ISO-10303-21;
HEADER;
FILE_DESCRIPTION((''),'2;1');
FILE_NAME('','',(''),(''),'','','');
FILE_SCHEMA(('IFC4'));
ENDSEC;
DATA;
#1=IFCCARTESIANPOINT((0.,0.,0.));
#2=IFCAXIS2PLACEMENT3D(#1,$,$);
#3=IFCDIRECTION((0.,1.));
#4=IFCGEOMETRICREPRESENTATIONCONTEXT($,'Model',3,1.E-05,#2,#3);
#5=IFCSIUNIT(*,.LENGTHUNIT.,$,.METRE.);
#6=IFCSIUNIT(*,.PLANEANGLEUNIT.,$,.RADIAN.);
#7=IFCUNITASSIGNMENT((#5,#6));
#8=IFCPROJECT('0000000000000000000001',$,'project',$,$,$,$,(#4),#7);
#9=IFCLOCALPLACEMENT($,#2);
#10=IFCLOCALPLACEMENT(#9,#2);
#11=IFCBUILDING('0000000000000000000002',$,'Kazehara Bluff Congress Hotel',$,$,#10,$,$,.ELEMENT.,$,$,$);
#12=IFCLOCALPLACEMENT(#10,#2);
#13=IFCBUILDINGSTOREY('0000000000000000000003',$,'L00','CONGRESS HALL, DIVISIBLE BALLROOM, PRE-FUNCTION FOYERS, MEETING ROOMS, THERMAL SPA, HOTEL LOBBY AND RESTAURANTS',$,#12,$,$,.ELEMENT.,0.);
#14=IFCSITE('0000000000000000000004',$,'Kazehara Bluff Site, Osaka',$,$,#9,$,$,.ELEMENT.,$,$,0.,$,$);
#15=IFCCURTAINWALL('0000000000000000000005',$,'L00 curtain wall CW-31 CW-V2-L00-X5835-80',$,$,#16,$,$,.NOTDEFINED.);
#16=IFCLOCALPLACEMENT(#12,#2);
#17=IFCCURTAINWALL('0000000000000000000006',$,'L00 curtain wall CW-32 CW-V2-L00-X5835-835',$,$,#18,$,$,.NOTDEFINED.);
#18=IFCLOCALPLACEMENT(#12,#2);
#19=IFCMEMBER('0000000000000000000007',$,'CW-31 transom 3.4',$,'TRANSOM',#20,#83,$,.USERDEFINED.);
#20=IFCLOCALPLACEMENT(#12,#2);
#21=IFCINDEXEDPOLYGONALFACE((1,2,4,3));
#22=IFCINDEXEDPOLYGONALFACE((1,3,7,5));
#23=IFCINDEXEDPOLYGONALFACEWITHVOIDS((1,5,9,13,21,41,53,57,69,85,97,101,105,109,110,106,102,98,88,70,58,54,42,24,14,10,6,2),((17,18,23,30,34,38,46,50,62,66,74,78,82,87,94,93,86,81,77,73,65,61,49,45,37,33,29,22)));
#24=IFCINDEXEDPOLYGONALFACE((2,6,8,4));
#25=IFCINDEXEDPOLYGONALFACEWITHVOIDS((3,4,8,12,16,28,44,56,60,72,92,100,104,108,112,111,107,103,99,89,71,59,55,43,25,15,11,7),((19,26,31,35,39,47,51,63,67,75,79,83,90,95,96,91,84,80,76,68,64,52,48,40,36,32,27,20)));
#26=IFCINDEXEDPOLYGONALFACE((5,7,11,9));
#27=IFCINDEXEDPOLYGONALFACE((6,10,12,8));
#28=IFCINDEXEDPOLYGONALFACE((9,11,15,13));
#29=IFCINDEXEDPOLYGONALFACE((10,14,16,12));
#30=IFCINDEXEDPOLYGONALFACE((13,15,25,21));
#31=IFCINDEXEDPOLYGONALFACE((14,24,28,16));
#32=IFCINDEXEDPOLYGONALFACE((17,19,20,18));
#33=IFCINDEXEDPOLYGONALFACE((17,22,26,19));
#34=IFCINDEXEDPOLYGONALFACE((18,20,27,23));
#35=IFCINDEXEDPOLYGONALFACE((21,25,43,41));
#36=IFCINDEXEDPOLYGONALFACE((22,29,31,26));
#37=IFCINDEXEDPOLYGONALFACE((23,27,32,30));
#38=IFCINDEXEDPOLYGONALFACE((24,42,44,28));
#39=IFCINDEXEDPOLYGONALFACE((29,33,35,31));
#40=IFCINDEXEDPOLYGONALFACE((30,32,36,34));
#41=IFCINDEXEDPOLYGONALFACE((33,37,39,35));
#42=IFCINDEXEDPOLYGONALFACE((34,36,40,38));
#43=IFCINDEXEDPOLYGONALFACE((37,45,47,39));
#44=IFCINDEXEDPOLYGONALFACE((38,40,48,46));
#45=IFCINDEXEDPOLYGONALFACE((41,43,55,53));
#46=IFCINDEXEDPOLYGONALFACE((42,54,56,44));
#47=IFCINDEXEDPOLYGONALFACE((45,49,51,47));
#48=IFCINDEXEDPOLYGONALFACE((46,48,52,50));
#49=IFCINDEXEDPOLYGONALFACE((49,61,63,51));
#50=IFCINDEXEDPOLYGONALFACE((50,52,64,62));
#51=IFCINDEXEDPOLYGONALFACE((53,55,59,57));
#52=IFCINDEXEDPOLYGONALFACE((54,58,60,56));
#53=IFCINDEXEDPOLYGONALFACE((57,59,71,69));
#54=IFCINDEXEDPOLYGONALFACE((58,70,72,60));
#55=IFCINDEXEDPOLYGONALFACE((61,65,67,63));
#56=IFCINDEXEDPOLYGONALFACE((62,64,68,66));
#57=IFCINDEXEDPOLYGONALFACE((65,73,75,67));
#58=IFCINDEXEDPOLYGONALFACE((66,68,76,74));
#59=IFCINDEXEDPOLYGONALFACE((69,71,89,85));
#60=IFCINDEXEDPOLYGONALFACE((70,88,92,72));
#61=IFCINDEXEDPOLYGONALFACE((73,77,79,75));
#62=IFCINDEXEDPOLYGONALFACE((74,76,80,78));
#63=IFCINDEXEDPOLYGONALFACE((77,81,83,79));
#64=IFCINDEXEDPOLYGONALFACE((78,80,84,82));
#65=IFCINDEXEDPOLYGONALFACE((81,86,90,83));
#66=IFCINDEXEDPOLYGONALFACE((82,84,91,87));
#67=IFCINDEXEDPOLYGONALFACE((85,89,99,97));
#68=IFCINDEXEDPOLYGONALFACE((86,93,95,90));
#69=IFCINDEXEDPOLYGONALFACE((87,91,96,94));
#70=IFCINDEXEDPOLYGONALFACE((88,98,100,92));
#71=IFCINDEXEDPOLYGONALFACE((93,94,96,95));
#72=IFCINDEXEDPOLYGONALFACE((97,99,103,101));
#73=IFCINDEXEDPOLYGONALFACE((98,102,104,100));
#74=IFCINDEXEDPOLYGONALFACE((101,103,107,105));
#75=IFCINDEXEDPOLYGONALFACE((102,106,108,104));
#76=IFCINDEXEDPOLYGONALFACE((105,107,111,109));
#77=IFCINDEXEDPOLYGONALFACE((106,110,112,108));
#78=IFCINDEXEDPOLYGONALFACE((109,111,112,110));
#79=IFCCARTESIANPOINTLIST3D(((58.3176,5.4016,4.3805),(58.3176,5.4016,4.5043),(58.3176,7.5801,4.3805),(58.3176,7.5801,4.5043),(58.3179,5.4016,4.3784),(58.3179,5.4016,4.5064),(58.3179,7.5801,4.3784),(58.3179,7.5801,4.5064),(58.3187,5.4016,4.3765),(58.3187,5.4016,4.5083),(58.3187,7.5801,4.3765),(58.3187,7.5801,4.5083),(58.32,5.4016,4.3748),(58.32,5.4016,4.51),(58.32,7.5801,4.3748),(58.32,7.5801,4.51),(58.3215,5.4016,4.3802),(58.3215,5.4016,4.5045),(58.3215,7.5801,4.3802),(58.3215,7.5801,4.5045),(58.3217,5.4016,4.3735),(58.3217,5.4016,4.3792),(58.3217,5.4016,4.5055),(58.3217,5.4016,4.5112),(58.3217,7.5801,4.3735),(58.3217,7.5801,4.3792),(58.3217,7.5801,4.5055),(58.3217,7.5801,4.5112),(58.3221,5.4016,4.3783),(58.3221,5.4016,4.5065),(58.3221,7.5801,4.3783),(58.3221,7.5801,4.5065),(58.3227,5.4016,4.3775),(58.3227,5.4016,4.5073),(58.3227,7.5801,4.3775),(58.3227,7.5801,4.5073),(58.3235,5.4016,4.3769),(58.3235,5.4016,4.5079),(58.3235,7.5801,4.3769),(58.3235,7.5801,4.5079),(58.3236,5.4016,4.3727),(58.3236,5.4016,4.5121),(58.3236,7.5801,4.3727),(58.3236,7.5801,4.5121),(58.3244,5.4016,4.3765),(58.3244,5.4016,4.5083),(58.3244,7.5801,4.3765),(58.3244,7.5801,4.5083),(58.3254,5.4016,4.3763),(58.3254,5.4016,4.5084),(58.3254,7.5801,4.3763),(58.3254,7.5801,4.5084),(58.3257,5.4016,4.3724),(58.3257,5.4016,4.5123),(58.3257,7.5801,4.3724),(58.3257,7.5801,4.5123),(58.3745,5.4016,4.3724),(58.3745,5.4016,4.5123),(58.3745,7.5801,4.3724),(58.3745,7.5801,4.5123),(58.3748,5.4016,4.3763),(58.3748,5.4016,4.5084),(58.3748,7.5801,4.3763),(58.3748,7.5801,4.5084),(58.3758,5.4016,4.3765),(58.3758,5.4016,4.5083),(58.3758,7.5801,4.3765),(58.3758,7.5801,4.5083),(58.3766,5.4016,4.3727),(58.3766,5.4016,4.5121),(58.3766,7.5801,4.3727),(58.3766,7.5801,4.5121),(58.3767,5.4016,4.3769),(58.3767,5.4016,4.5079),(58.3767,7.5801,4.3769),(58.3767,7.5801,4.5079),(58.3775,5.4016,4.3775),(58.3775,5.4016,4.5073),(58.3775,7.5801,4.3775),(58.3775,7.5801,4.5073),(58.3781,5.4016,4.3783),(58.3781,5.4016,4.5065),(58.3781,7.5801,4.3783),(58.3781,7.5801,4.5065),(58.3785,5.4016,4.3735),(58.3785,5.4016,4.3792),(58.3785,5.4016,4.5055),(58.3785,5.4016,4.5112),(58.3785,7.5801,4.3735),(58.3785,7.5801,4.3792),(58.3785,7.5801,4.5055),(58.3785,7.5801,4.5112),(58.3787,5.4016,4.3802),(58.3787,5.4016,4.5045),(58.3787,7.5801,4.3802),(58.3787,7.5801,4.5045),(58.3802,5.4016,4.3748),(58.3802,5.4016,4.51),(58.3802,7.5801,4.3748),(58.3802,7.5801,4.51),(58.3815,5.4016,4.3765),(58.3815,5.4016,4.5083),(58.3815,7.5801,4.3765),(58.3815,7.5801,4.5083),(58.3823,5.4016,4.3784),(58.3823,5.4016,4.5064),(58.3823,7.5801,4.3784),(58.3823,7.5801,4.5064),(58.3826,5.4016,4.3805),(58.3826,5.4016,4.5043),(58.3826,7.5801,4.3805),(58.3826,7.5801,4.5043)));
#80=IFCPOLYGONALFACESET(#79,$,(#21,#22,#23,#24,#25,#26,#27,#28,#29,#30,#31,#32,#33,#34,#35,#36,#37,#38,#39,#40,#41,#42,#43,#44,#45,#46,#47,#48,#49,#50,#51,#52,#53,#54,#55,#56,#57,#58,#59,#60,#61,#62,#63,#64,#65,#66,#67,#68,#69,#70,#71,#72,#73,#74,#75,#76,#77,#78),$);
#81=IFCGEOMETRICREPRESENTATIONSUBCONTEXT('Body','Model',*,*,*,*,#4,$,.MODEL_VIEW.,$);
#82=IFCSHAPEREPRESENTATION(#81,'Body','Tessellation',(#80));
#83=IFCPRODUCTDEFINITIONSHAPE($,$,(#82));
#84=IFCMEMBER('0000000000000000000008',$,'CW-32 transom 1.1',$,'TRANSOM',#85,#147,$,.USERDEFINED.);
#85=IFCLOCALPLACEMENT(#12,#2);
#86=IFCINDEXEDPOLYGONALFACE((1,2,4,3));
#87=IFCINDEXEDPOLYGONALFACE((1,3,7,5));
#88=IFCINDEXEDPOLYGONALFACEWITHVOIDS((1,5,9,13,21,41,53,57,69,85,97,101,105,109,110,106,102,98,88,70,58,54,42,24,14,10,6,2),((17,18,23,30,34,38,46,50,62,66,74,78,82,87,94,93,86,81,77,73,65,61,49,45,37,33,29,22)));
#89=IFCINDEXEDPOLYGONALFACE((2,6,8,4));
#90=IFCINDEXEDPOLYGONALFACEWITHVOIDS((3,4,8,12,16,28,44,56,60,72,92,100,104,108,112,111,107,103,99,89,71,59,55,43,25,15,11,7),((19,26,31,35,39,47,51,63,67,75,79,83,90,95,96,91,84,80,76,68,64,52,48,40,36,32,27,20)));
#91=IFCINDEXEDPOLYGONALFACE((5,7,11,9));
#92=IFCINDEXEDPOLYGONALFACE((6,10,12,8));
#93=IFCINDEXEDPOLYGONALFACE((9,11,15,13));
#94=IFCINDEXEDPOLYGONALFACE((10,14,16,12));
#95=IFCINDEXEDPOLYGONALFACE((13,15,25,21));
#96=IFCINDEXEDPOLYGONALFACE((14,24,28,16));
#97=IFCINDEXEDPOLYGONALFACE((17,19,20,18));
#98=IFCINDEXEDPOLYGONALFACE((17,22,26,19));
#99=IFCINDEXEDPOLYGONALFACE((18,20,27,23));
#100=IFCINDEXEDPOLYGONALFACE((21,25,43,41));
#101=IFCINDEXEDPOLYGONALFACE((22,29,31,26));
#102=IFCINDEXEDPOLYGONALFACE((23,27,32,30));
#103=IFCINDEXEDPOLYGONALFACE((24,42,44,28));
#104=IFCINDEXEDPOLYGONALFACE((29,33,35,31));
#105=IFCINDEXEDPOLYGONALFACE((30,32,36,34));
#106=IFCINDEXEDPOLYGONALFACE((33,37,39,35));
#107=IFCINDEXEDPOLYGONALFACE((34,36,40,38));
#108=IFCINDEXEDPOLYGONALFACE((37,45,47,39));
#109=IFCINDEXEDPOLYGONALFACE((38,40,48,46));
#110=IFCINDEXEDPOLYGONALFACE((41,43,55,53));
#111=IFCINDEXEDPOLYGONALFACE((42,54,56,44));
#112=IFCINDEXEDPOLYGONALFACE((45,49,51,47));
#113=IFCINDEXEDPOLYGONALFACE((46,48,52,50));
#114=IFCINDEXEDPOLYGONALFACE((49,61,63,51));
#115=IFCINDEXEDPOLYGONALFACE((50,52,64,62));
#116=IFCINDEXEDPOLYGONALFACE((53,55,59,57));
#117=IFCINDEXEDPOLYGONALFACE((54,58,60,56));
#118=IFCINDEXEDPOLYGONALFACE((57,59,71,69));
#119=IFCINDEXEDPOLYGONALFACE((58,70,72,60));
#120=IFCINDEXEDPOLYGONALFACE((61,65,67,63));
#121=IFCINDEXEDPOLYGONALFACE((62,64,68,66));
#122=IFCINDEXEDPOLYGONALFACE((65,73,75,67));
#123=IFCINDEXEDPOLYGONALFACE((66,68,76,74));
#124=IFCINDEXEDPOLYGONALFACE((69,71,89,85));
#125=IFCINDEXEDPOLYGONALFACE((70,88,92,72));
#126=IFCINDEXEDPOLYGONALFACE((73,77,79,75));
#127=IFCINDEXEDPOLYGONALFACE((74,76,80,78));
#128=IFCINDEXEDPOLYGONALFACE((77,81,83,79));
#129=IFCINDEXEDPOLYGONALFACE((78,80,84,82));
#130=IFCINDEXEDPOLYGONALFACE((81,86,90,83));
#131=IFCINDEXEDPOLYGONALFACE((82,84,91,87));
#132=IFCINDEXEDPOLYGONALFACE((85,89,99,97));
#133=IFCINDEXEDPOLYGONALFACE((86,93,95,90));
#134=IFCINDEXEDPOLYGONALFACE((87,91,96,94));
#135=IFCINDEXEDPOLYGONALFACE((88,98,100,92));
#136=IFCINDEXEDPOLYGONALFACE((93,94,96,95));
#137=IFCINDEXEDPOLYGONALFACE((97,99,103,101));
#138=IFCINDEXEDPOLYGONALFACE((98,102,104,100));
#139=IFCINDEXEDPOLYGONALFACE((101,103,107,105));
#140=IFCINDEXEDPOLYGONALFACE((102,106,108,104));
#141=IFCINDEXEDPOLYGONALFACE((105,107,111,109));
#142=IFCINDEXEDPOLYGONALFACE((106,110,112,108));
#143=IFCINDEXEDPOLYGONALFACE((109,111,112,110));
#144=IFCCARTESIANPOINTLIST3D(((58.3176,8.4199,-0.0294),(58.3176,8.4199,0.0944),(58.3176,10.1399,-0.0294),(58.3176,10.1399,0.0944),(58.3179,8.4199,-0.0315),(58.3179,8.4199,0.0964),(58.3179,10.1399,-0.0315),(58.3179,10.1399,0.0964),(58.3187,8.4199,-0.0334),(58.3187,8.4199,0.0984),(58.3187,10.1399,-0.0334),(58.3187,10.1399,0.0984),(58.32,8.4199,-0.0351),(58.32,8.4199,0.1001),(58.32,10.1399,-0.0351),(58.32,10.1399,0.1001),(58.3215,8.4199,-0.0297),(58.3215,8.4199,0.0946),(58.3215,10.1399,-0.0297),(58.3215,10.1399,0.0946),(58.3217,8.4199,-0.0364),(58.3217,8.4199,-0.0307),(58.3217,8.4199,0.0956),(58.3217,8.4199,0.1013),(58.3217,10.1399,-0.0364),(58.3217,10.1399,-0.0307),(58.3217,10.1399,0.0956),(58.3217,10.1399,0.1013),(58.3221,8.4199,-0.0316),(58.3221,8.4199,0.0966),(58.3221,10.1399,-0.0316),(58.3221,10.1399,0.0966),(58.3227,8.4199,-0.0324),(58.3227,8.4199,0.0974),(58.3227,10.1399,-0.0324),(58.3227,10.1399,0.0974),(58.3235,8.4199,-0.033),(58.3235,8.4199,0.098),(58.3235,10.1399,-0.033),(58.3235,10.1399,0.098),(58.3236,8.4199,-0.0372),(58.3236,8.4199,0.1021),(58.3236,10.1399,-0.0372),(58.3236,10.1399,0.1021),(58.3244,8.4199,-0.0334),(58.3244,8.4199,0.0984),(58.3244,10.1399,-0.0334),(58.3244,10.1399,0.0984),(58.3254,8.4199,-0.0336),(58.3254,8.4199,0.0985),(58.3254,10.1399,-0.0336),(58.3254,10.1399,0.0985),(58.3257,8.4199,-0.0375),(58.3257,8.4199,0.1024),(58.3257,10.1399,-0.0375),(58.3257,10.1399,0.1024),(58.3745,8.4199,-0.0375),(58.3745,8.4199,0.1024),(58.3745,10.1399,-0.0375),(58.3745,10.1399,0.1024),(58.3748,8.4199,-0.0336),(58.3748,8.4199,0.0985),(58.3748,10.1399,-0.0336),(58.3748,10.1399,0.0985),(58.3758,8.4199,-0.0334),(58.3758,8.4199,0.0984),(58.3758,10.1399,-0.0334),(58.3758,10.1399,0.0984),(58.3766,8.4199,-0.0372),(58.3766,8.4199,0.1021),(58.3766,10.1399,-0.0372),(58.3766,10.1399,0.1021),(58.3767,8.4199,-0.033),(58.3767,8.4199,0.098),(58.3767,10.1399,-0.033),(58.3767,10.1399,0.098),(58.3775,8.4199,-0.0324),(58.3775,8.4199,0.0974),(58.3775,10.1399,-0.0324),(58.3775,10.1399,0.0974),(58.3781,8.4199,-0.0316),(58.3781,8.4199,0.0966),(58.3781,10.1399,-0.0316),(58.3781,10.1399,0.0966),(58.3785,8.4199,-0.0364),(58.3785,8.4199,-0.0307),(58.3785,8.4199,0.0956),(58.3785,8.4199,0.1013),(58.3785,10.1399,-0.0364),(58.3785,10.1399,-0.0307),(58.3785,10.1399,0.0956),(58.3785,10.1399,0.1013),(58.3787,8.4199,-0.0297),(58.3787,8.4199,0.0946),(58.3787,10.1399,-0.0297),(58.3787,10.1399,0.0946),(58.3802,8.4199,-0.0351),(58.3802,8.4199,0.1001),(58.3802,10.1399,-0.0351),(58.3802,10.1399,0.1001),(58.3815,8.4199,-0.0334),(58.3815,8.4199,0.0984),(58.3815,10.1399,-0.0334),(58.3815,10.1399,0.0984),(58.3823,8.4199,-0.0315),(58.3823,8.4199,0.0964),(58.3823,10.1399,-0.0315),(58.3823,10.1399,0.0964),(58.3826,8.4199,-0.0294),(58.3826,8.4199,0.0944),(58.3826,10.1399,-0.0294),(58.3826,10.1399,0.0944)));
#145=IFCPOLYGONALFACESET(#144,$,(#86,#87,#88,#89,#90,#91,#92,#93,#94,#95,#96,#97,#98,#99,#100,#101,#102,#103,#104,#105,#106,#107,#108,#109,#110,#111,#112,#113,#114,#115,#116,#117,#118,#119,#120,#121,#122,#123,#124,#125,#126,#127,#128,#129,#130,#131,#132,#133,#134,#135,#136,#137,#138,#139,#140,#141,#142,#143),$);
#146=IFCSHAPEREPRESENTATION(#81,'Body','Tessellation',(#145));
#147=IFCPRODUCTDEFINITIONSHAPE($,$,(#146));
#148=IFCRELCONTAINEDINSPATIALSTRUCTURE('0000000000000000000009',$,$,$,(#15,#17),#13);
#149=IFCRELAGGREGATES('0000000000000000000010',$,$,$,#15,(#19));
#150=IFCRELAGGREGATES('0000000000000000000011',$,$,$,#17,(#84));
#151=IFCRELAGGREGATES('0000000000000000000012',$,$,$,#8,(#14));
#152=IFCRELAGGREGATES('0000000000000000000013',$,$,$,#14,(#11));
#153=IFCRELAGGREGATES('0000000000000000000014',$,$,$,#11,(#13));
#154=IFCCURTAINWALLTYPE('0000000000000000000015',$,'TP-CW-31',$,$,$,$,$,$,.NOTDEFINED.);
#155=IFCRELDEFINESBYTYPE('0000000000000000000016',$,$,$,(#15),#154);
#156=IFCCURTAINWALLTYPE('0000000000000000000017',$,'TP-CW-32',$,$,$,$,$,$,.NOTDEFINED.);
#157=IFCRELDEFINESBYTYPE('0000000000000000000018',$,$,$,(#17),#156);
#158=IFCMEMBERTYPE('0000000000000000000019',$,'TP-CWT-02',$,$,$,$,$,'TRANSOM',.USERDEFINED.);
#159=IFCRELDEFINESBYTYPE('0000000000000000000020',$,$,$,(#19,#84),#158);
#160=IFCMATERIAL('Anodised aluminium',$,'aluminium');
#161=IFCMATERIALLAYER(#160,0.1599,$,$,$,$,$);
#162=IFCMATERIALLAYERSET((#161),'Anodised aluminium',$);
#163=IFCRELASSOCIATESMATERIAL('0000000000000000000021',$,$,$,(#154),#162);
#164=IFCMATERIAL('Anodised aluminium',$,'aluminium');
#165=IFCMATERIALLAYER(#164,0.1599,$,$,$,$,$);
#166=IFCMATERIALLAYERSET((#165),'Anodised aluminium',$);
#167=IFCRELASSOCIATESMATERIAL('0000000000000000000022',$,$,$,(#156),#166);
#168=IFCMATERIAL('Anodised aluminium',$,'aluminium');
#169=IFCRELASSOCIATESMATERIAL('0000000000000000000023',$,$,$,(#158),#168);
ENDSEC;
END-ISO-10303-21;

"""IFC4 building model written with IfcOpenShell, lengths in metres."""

from ifc_helpers import new_model, si_unit, direction, frame, origin, origin_2d, place, context, subcontext, project, spatial, hollow_rectangle, extrude, material, layer, layer_set, material_profile, profile_set, type_object, element, aggregate, save


model = new_model("IFC4")

# Units and contexts
model_context = context("Model", 3, precision=1e-05, world=origin(), true_north=direction((0.0, 1.0)))
body_context = subcontext(model_context, "Body", "Model", "MODEL_VIEW")
ifc_project = project(units=[si_unit("LENGTHUNIT", "METRE"), si_unit("PLANEANGLEUNIT", "RADIAN")], contexts=[model_context])

# Site, building, storey
site_placement = place(None, origin())
site = spatial("IfcSite", under=ifc_project, at=site_placement, Name="Kazehara Bluff Site, Osaka", CompositionType="ELEMENT", RefElevation=0.0)
building_placement = place(site_placement, origin())
building = spatial("IfcBuilding", under=site, at=building_placement, Name="Kazehara Bluff Congress Hotel", CompositionType="ELEMENT")
storey_placement = place(building_placement, origin())
storey = spatial("IfcBuildingStorey", under=building, at=storey_placement, Name="L00", Description="CONGRESS HALL, DIVISIBLE BALLROOM, PRE-FUNCTION FOYERS, MEETING ROOMS, THERMAL SPA, HOTEL LOBBY AND RESTAURANTS", CompositionType="ELEMENT", Elevation=0.0)

# Curtain wall
ifc_material_1 = material(Name="Anodised aluminium", Category="aluminium")
ifc_layer_1 = layer(ifc_material_1, 0.1599)
ifc_layer_set_1 = layer_set([ifc_layer_1], Name="Anodised aluminium")
curtain_wall_type_1 = type_object("IfcCurtainWallType", Name="TP-CW-31", PredefinedType="NOTDEFINED", material=ifc_layer_set_1)
curtain_wall_1_placement = place(storey_placement, origin())
curtain_wall_1 = element("IfcCurtainWall", 1, at=curtain_wall_1_placement, inside=storey, type_object=curtain_wall_type_1, Name="L00 curtain wall CW-31 CW-V2-L00-X5835-80", PredefinedType="NOTDEFINED")

# Curtain wall
ifc_material_2 = material(Name="Anodised aluminium", Category="aluminium")
ifc_layer_2 = layer(ifc_material_2, 0.1599)
ifc_layer_set_2 = layer_set([ifc_layer_2], Name="Anodised aluminium")
curtain_wall_type_2 = type_object("IfcCurtainWallType", Name="TP-CW-32", PredefinedType="NOTDEFINED", material=ifc_layer_set_2)
curtain_wall_2_placement = place(storey_placement, origin())
curtain_wall_2 = element("IfcCurtainWall", 2, at=curtain_wall_2_placement, inside=storey, type_object=curtain_wall_type_2, Name="L00 curtain wall CW-32 CW-V2-L00-X5835-835", PredefinedType="NOTDEFINED")

# Members
ifc_material_3 = material(Name="Anodised aluminium", Category="aluminium")
ifc_material_profile_1 = material_profile(ifc_material_3, hollow_rectangle(XDim=0.0649, YDim=0.1399, WallThickness=0.0039, InnerFilletRadius=0.0039, OuterFilletRadius=0.0081, at=origin_2d()))
ifc_profile_set_1 = profile_set([ifc_material_profile_1], Name="Anodised aluminium")
member_type_1 = type_object("IfcMemberType", Name="TP-CWT-02", ElementType="TRANSOM", PredefinedType="USERDEFINED", material=ifc_profile_set_1)
member_1_placement = place(storey_placement, frame((58.3501, 5.4016, 4.4424), z_axis=(0.0, 1.0, 0.0), x_axis=(-1.0, 0.0, 0.0)))
member_1 = element("IfcMember", 3, at=member_1_placement, type_object=member_type_1, Name="CW-31 transom 3.4", ObjectType="TRANSOM", PredefinedType="USERDEFINED", context=body_context, shape_type="SweptSolid", body=[
    extrude(hollow_rectangle(XDim=0.0649, YDim=0.1399, WallThickness=0.0039, InnerFilletRadius=0.0039, OuterFilletRadius=0.0081, at=origin_2d()), origin(), (0.0, 0.0, 1.0), 2.1785),
])
member_2_placement = place(storey_placement, frame((58.3501, 8.4199, 0.0325), z_axis=(0.0, 1.0, 0.0), x_axis=(-1.0, 0.0, 0.0)))
member_2 = element("IfcMember", 4, at=member_2_placement, type_object=member_type_1, Name="CW-32 transom 1.1", ObjectType="TRANSOM", PredefinedType="USERDEFINED", context=body_context, shape_type="SweptSolid", body=[
    extrude(hollow_rectangle(XDim=0.0649, YDim=0.1399, WallThickness=0.0039, InnerFilletRadius=0.0039, OuterFilletRadius=0.0081, at=origin_2d()), origin(), (0.0, 0.0, 1.0), 1.72),
])

aggregate(curtain_wall_1, [member_1])
aggregate(curtain_wall_2, [member_2])

save(model, "model.ifc")
